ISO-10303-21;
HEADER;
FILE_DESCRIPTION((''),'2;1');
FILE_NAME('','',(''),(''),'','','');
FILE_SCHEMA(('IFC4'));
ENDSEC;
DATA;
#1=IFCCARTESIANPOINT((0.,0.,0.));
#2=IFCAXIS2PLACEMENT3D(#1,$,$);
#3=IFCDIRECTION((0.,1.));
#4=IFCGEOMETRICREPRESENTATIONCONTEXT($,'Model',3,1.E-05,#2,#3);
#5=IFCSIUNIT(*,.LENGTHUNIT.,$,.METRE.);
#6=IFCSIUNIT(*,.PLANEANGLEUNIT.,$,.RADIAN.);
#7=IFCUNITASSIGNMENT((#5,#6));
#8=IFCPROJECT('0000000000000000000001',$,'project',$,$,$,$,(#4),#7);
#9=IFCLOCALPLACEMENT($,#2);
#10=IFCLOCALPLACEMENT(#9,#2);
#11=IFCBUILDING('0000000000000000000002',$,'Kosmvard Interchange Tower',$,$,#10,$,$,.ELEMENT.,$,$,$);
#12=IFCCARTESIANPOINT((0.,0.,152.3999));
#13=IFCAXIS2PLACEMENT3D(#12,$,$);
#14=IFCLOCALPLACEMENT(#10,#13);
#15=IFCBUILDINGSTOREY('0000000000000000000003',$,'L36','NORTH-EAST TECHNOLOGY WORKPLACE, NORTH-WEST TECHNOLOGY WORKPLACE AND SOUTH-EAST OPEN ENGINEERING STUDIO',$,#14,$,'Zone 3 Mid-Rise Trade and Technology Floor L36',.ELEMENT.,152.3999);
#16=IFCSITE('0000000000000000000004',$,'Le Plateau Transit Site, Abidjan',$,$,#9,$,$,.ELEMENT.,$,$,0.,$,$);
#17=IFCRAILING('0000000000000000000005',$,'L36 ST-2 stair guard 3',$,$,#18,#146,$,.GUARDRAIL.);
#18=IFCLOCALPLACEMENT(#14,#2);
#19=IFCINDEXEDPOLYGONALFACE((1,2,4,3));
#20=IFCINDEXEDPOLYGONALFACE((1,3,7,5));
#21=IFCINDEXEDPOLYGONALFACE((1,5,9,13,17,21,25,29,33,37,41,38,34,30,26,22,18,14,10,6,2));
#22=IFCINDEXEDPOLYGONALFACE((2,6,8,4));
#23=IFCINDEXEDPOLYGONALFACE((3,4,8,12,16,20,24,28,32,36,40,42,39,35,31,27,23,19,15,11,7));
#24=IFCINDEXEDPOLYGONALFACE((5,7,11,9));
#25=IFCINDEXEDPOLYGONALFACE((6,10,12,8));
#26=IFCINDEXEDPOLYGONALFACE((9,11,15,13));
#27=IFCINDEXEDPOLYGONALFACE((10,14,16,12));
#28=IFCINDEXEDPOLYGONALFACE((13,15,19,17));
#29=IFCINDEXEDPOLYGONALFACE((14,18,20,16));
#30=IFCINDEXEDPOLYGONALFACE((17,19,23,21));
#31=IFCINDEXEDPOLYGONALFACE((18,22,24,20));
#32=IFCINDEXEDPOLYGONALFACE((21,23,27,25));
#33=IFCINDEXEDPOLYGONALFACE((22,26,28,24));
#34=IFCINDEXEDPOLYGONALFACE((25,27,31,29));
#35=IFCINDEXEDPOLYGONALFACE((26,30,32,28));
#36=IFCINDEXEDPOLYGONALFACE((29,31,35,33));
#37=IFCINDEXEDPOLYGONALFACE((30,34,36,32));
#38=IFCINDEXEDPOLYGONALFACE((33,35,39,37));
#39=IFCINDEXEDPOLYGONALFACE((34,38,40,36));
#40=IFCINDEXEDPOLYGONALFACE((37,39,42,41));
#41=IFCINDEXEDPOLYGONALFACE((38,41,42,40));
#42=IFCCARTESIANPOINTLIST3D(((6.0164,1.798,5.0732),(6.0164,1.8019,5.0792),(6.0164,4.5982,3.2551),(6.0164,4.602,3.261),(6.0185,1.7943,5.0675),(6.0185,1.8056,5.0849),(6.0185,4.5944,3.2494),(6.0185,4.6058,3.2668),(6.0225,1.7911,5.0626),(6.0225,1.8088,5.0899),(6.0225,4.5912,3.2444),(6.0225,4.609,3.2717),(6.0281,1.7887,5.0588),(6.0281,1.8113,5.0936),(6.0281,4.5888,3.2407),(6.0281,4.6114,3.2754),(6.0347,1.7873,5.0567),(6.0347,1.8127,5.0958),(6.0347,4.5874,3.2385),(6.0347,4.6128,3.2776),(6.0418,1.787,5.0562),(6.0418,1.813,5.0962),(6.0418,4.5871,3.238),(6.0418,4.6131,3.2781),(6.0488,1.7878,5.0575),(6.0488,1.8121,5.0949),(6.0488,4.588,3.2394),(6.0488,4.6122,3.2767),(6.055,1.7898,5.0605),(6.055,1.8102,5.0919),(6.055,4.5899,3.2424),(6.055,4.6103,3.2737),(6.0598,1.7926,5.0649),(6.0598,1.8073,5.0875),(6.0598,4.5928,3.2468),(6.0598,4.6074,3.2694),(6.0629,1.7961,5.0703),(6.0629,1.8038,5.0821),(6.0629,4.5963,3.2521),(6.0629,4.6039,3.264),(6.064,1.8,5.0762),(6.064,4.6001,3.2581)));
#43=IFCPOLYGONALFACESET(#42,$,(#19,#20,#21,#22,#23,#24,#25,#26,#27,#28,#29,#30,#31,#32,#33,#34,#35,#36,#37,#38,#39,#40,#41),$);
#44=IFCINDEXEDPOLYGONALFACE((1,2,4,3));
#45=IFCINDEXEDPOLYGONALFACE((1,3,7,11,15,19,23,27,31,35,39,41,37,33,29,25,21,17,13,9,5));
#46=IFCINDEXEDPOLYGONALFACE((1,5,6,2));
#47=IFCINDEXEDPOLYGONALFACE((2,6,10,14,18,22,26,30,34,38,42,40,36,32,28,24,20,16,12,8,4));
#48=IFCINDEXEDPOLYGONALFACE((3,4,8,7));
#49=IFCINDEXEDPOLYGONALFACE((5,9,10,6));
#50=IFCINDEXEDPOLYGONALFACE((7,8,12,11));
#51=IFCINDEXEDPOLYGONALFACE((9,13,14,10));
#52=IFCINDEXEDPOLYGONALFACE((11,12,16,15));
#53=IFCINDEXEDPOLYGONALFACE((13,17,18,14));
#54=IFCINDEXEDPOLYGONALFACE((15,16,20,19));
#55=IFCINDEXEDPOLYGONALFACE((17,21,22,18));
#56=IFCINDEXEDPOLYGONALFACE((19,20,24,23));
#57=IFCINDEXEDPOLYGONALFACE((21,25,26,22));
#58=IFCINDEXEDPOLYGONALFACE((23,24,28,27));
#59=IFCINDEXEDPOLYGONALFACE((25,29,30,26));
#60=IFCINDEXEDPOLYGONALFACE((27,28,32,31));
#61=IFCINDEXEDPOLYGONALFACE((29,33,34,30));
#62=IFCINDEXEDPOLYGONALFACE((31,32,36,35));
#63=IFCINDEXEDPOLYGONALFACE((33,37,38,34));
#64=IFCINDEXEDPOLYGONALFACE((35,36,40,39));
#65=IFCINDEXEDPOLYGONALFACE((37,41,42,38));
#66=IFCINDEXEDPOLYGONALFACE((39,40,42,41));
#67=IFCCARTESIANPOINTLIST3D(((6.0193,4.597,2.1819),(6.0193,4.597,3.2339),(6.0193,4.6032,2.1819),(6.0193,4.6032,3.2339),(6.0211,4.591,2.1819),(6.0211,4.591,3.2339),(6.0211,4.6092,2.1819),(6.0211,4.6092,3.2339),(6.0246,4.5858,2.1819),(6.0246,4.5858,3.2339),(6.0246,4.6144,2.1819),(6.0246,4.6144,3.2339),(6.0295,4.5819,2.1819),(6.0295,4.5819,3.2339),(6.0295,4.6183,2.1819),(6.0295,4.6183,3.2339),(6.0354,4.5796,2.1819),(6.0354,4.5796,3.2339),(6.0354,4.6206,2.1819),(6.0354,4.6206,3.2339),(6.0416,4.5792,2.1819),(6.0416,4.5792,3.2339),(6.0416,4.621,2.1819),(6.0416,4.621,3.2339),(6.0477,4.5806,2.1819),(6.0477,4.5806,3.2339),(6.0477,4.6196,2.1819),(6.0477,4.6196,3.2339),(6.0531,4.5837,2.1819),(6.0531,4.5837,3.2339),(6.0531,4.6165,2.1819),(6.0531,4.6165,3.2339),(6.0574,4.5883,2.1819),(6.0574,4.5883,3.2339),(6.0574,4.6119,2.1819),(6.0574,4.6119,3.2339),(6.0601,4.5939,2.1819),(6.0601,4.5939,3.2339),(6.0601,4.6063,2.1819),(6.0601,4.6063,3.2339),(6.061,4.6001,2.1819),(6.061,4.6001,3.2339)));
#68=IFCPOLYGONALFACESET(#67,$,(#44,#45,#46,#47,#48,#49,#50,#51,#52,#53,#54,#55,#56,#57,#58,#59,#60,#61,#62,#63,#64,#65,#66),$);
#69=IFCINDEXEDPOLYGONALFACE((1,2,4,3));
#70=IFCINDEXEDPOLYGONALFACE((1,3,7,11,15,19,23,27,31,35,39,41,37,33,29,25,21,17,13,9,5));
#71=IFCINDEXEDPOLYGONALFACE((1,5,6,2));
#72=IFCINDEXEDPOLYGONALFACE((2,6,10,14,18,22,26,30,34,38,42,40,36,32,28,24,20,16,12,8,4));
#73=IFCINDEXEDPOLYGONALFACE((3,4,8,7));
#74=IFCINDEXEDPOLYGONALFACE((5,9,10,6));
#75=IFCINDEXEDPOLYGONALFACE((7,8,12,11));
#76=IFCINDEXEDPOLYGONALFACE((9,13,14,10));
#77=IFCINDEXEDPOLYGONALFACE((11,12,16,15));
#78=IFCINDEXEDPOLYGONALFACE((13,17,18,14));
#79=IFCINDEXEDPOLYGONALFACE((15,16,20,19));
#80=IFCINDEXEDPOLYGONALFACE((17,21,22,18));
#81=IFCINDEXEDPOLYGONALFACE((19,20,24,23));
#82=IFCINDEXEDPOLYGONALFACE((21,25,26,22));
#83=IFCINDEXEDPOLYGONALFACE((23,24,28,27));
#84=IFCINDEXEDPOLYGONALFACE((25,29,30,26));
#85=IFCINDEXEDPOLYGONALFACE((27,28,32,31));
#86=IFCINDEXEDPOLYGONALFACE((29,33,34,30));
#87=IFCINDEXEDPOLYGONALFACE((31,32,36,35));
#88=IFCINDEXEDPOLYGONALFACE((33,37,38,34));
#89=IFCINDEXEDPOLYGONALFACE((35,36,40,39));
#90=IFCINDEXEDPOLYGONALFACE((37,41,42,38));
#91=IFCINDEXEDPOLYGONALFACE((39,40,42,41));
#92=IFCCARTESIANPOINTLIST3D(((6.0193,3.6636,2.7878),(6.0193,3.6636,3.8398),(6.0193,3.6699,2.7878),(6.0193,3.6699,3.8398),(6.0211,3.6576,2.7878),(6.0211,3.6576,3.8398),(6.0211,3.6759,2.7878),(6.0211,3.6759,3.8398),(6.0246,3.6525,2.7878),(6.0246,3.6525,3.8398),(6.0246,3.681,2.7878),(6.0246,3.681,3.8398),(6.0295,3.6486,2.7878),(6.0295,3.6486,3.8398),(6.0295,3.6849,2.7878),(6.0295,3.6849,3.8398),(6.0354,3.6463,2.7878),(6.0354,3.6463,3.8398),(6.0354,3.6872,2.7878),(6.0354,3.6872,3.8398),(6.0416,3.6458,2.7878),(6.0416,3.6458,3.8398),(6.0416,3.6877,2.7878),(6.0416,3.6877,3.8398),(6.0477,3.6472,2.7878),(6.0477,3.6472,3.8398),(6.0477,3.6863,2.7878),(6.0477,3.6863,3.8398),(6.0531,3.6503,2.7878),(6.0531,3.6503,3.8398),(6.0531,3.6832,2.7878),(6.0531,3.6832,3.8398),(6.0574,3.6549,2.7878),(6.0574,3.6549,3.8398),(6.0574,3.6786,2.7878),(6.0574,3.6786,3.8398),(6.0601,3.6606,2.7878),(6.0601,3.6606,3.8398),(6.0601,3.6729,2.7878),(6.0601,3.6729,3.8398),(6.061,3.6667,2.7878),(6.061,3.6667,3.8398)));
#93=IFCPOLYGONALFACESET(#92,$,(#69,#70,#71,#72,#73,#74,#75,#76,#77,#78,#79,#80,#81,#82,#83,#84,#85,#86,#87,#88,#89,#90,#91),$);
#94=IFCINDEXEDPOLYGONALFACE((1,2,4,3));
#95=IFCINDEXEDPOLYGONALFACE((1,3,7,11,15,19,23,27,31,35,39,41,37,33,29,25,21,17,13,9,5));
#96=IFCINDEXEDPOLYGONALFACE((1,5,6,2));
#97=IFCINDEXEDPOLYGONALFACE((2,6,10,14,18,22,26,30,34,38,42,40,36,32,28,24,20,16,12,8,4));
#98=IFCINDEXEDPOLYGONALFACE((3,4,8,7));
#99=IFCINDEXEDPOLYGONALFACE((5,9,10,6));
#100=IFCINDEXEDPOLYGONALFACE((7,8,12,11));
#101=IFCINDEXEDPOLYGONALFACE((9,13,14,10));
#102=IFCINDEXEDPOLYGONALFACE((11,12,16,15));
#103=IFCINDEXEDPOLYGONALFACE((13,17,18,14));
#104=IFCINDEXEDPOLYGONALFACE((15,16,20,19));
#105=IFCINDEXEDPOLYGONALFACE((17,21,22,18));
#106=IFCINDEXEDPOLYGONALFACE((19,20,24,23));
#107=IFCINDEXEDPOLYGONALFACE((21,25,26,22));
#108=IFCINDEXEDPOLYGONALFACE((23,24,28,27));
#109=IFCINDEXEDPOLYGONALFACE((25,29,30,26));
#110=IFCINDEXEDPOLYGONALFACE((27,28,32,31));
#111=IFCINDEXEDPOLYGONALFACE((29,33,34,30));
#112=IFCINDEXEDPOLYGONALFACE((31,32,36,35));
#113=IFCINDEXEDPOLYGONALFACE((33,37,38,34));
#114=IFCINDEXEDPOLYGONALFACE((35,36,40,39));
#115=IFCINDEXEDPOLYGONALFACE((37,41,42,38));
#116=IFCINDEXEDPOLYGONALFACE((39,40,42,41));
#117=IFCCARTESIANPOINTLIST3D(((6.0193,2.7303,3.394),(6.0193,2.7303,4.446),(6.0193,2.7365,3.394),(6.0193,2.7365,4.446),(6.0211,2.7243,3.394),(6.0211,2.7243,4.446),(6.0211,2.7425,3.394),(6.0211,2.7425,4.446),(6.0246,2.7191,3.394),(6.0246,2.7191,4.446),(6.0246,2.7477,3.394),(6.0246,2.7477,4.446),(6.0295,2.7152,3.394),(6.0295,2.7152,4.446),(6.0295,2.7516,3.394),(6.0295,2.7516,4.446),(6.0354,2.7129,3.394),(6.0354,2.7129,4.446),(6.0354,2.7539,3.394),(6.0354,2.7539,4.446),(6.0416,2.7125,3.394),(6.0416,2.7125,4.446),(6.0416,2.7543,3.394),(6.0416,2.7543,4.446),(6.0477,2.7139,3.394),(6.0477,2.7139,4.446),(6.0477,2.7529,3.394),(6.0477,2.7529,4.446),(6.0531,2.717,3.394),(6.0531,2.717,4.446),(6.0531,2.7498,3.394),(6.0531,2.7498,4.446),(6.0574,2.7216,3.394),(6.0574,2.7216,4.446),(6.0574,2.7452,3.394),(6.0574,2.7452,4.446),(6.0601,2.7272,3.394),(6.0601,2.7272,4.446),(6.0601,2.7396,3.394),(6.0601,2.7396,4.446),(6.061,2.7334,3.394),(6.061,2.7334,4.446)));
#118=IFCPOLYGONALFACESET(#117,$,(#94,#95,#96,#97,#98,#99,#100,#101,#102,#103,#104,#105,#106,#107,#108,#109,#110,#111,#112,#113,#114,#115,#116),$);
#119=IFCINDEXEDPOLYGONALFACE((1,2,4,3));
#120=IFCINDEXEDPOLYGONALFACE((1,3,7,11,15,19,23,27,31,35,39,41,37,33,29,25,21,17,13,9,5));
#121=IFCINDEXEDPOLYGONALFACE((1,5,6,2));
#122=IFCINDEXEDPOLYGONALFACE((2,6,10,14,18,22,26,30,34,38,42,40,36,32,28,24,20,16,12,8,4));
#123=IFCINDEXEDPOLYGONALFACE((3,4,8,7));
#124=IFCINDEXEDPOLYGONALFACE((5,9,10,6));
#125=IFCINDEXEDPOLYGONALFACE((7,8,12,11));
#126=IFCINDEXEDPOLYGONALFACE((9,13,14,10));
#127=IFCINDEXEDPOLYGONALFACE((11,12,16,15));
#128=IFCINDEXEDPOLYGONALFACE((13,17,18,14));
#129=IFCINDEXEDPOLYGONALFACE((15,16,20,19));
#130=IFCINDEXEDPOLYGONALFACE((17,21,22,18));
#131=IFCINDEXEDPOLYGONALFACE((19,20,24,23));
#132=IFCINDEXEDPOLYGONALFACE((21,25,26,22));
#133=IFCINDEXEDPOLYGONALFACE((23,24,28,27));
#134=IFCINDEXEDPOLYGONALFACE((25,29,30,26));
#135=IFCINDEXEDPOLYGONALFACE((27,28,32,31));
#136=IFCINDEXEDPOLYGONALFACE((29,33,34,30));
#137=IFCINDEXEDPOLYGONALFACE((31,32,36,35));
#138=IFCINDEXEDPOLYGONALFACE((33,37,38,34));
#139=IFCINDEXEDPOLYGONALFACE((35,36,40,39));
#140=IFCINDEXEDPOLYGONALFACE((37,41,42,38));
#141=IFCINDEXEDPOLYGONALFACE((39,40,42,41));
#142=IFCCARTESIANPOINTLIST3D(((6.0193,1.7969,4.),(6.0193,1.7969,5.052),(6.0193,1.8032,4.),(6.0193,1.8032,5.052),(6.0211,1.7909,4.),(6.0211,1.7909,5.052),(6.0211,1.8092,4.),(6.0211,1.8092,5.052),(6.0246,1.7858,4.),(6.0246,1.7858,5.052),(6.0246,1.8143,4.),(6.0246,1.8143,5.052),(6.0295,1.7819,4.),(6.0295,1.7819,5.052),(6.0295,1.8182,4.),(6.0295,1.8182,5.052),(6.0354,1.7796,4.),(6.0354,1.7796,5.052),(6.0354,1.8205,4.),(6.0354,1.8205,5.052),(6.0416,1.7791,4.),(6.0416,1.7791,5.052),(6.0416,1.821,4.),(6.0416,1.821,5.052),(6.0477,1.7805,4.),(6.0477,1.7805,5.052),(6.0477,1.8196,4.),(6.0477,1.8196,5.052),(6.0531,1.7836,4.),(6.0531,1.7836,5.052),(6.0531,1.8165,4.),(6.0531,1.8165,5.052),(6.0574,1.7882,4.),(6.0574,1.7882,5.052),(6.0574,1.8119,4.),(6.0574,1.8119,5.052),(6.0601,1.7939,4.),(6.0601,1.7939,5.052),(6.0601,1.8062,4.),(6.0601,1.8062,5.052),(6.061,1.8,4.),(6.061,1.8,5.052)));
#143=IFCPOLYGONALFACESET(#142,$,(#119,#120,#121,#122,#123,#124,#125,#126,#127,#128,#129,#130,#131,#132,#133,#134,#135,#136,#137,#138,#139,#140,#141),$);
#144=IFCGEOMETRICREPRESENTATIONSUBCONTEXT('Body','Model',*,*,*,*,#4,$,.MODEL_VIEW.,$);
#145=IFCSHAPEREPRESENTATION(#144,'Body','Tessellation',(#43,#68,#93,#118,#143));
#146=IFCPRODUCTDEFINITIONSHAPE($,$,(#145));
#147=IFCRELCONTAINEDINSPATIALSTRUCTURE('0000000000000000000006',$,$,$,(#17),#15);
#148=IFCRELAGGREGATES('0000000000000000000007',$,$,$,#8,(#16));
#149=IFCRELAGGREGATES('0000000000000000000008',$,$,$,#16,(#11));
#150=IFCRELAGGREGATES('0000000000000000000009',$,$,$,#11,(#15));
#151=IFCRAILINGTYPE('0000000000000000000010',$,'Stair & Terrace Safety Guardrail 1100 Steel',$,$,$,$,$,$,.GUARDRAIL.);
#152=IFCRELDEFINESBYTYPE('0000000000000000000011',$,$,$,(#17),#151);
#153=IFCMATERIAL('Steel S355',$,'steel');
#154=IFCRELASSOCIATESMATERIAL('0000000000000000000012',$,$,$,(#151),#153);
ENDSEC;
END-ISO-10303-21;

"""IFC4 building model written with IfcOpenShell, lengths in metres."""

from ifc_helpers import new_model, si_unit, direction, frame, origin, origin_2d, place, context, subcontext, project, spatial, circle, extrude, source, transform, mapped, material, type_object, element, save


model = new_model("IFC4")

# Units and contexts
model_context = context("Model", 3, precision=1e-05, world=origin(), true_north=direction((0.0, 1.0)))
body_context = subcontext(model_context, "Body", "Model", "MODEL_VIEW")
ifc_project = project(units=[si_unit("LENGTHUNIT", "METRE"), si_unit("PLANEANGLEUNIT", "RADIAN")], contexts=[model_context])

# Site, building, storey
site_placement = place(None, origin())
site = spatial("IfcSite", under=ifc_project, at=site_placement, Name="Le Plateau Transit Site, Abidjan", CompositionType="ELEMENT", RefElevation=0.0)
building_placement = place(site_placement, origin())
building = spatial("IfcBuilding", under=site, at=building_placement, Name="Kosmvard Interchange Tower", CompositionType="ELEMENT")
storey_placement = place(building_placement, frame((0.0, 0.0, 152.3999)))
storey = spatial("IfcBuildingStorey", under=building, at=storey_placement, Name="L36", Description="NORTH-EAST TECHNOLOGY WORKPLACE, NORTH-WEST TECHNOLOGY WORKPLACE AND SOUTH-EAST OPEN ENGINEERING STUDIO", LongName="Zone 3 Mid-Rise Trade and Technology Floor L36", CompositionType="ELEMENT", Elevation=152.3999)

# Shared definitions
ifc_material_1 = material(Name="Steel S355", Category="steel")

# Railing
railing_type_1 = type_object("IfcRailingType", Name="Stair & Terrace Safety Guardrail 1100 Steel", PredefinedType="GUARDRAIL", material=ifc_material_1)
shared_shape_1 = source(origin(), body_context, "Body", "SweptSolid", [
    extrude(circle(Radius=0.0239, at=origin_2d()), frame((0.0, 0.0, 1.0762), z_axis=(0.0, -0.838706, 0.544585), x_axis=(1.0, 0.0, 0.0)), (0.0, 0.0, 1.0), 3.3386),
    extrude(circle(Radius=0.021, at=origin_2d()), origin(), (0.0, 0.0, 1.0), 1.052),
    extrude(circle(Radius=0.021, at=origin_2d()), frame((0.0, -0.9333, 0.606)), (0.0, 0.0, 1.0), 1.052),
    extrude(circle(Radius=0.021, at=origin_2d()), frame((0.0, -1.8667, 1.2122)), (0.0, 0.0, 1.0), 1.052),
    extrude(circle(Radius=0.021, at=origin_2d()), frame((0.0, -2.8, 1.8181)), (0.0, 0.0, 1.0), 1.052),
])
railing_1_placement = place(storey_placement, frame((6.04, 4.6001, 2.1819)))
element("IfcRailing", 1, at=railing_1_placement, inside=storey, type_object=railing_type_1, Name="L36 ST-2 stair guard 3", PredefinedType="GUARDRAIL", context=body_context, shape_type="MappedRepresentation", body=[
    mapped(shared_shape_1, transform((0.0, 0.0, 0.0), scale=1.0)),
])

save(model, "model.ifc")
